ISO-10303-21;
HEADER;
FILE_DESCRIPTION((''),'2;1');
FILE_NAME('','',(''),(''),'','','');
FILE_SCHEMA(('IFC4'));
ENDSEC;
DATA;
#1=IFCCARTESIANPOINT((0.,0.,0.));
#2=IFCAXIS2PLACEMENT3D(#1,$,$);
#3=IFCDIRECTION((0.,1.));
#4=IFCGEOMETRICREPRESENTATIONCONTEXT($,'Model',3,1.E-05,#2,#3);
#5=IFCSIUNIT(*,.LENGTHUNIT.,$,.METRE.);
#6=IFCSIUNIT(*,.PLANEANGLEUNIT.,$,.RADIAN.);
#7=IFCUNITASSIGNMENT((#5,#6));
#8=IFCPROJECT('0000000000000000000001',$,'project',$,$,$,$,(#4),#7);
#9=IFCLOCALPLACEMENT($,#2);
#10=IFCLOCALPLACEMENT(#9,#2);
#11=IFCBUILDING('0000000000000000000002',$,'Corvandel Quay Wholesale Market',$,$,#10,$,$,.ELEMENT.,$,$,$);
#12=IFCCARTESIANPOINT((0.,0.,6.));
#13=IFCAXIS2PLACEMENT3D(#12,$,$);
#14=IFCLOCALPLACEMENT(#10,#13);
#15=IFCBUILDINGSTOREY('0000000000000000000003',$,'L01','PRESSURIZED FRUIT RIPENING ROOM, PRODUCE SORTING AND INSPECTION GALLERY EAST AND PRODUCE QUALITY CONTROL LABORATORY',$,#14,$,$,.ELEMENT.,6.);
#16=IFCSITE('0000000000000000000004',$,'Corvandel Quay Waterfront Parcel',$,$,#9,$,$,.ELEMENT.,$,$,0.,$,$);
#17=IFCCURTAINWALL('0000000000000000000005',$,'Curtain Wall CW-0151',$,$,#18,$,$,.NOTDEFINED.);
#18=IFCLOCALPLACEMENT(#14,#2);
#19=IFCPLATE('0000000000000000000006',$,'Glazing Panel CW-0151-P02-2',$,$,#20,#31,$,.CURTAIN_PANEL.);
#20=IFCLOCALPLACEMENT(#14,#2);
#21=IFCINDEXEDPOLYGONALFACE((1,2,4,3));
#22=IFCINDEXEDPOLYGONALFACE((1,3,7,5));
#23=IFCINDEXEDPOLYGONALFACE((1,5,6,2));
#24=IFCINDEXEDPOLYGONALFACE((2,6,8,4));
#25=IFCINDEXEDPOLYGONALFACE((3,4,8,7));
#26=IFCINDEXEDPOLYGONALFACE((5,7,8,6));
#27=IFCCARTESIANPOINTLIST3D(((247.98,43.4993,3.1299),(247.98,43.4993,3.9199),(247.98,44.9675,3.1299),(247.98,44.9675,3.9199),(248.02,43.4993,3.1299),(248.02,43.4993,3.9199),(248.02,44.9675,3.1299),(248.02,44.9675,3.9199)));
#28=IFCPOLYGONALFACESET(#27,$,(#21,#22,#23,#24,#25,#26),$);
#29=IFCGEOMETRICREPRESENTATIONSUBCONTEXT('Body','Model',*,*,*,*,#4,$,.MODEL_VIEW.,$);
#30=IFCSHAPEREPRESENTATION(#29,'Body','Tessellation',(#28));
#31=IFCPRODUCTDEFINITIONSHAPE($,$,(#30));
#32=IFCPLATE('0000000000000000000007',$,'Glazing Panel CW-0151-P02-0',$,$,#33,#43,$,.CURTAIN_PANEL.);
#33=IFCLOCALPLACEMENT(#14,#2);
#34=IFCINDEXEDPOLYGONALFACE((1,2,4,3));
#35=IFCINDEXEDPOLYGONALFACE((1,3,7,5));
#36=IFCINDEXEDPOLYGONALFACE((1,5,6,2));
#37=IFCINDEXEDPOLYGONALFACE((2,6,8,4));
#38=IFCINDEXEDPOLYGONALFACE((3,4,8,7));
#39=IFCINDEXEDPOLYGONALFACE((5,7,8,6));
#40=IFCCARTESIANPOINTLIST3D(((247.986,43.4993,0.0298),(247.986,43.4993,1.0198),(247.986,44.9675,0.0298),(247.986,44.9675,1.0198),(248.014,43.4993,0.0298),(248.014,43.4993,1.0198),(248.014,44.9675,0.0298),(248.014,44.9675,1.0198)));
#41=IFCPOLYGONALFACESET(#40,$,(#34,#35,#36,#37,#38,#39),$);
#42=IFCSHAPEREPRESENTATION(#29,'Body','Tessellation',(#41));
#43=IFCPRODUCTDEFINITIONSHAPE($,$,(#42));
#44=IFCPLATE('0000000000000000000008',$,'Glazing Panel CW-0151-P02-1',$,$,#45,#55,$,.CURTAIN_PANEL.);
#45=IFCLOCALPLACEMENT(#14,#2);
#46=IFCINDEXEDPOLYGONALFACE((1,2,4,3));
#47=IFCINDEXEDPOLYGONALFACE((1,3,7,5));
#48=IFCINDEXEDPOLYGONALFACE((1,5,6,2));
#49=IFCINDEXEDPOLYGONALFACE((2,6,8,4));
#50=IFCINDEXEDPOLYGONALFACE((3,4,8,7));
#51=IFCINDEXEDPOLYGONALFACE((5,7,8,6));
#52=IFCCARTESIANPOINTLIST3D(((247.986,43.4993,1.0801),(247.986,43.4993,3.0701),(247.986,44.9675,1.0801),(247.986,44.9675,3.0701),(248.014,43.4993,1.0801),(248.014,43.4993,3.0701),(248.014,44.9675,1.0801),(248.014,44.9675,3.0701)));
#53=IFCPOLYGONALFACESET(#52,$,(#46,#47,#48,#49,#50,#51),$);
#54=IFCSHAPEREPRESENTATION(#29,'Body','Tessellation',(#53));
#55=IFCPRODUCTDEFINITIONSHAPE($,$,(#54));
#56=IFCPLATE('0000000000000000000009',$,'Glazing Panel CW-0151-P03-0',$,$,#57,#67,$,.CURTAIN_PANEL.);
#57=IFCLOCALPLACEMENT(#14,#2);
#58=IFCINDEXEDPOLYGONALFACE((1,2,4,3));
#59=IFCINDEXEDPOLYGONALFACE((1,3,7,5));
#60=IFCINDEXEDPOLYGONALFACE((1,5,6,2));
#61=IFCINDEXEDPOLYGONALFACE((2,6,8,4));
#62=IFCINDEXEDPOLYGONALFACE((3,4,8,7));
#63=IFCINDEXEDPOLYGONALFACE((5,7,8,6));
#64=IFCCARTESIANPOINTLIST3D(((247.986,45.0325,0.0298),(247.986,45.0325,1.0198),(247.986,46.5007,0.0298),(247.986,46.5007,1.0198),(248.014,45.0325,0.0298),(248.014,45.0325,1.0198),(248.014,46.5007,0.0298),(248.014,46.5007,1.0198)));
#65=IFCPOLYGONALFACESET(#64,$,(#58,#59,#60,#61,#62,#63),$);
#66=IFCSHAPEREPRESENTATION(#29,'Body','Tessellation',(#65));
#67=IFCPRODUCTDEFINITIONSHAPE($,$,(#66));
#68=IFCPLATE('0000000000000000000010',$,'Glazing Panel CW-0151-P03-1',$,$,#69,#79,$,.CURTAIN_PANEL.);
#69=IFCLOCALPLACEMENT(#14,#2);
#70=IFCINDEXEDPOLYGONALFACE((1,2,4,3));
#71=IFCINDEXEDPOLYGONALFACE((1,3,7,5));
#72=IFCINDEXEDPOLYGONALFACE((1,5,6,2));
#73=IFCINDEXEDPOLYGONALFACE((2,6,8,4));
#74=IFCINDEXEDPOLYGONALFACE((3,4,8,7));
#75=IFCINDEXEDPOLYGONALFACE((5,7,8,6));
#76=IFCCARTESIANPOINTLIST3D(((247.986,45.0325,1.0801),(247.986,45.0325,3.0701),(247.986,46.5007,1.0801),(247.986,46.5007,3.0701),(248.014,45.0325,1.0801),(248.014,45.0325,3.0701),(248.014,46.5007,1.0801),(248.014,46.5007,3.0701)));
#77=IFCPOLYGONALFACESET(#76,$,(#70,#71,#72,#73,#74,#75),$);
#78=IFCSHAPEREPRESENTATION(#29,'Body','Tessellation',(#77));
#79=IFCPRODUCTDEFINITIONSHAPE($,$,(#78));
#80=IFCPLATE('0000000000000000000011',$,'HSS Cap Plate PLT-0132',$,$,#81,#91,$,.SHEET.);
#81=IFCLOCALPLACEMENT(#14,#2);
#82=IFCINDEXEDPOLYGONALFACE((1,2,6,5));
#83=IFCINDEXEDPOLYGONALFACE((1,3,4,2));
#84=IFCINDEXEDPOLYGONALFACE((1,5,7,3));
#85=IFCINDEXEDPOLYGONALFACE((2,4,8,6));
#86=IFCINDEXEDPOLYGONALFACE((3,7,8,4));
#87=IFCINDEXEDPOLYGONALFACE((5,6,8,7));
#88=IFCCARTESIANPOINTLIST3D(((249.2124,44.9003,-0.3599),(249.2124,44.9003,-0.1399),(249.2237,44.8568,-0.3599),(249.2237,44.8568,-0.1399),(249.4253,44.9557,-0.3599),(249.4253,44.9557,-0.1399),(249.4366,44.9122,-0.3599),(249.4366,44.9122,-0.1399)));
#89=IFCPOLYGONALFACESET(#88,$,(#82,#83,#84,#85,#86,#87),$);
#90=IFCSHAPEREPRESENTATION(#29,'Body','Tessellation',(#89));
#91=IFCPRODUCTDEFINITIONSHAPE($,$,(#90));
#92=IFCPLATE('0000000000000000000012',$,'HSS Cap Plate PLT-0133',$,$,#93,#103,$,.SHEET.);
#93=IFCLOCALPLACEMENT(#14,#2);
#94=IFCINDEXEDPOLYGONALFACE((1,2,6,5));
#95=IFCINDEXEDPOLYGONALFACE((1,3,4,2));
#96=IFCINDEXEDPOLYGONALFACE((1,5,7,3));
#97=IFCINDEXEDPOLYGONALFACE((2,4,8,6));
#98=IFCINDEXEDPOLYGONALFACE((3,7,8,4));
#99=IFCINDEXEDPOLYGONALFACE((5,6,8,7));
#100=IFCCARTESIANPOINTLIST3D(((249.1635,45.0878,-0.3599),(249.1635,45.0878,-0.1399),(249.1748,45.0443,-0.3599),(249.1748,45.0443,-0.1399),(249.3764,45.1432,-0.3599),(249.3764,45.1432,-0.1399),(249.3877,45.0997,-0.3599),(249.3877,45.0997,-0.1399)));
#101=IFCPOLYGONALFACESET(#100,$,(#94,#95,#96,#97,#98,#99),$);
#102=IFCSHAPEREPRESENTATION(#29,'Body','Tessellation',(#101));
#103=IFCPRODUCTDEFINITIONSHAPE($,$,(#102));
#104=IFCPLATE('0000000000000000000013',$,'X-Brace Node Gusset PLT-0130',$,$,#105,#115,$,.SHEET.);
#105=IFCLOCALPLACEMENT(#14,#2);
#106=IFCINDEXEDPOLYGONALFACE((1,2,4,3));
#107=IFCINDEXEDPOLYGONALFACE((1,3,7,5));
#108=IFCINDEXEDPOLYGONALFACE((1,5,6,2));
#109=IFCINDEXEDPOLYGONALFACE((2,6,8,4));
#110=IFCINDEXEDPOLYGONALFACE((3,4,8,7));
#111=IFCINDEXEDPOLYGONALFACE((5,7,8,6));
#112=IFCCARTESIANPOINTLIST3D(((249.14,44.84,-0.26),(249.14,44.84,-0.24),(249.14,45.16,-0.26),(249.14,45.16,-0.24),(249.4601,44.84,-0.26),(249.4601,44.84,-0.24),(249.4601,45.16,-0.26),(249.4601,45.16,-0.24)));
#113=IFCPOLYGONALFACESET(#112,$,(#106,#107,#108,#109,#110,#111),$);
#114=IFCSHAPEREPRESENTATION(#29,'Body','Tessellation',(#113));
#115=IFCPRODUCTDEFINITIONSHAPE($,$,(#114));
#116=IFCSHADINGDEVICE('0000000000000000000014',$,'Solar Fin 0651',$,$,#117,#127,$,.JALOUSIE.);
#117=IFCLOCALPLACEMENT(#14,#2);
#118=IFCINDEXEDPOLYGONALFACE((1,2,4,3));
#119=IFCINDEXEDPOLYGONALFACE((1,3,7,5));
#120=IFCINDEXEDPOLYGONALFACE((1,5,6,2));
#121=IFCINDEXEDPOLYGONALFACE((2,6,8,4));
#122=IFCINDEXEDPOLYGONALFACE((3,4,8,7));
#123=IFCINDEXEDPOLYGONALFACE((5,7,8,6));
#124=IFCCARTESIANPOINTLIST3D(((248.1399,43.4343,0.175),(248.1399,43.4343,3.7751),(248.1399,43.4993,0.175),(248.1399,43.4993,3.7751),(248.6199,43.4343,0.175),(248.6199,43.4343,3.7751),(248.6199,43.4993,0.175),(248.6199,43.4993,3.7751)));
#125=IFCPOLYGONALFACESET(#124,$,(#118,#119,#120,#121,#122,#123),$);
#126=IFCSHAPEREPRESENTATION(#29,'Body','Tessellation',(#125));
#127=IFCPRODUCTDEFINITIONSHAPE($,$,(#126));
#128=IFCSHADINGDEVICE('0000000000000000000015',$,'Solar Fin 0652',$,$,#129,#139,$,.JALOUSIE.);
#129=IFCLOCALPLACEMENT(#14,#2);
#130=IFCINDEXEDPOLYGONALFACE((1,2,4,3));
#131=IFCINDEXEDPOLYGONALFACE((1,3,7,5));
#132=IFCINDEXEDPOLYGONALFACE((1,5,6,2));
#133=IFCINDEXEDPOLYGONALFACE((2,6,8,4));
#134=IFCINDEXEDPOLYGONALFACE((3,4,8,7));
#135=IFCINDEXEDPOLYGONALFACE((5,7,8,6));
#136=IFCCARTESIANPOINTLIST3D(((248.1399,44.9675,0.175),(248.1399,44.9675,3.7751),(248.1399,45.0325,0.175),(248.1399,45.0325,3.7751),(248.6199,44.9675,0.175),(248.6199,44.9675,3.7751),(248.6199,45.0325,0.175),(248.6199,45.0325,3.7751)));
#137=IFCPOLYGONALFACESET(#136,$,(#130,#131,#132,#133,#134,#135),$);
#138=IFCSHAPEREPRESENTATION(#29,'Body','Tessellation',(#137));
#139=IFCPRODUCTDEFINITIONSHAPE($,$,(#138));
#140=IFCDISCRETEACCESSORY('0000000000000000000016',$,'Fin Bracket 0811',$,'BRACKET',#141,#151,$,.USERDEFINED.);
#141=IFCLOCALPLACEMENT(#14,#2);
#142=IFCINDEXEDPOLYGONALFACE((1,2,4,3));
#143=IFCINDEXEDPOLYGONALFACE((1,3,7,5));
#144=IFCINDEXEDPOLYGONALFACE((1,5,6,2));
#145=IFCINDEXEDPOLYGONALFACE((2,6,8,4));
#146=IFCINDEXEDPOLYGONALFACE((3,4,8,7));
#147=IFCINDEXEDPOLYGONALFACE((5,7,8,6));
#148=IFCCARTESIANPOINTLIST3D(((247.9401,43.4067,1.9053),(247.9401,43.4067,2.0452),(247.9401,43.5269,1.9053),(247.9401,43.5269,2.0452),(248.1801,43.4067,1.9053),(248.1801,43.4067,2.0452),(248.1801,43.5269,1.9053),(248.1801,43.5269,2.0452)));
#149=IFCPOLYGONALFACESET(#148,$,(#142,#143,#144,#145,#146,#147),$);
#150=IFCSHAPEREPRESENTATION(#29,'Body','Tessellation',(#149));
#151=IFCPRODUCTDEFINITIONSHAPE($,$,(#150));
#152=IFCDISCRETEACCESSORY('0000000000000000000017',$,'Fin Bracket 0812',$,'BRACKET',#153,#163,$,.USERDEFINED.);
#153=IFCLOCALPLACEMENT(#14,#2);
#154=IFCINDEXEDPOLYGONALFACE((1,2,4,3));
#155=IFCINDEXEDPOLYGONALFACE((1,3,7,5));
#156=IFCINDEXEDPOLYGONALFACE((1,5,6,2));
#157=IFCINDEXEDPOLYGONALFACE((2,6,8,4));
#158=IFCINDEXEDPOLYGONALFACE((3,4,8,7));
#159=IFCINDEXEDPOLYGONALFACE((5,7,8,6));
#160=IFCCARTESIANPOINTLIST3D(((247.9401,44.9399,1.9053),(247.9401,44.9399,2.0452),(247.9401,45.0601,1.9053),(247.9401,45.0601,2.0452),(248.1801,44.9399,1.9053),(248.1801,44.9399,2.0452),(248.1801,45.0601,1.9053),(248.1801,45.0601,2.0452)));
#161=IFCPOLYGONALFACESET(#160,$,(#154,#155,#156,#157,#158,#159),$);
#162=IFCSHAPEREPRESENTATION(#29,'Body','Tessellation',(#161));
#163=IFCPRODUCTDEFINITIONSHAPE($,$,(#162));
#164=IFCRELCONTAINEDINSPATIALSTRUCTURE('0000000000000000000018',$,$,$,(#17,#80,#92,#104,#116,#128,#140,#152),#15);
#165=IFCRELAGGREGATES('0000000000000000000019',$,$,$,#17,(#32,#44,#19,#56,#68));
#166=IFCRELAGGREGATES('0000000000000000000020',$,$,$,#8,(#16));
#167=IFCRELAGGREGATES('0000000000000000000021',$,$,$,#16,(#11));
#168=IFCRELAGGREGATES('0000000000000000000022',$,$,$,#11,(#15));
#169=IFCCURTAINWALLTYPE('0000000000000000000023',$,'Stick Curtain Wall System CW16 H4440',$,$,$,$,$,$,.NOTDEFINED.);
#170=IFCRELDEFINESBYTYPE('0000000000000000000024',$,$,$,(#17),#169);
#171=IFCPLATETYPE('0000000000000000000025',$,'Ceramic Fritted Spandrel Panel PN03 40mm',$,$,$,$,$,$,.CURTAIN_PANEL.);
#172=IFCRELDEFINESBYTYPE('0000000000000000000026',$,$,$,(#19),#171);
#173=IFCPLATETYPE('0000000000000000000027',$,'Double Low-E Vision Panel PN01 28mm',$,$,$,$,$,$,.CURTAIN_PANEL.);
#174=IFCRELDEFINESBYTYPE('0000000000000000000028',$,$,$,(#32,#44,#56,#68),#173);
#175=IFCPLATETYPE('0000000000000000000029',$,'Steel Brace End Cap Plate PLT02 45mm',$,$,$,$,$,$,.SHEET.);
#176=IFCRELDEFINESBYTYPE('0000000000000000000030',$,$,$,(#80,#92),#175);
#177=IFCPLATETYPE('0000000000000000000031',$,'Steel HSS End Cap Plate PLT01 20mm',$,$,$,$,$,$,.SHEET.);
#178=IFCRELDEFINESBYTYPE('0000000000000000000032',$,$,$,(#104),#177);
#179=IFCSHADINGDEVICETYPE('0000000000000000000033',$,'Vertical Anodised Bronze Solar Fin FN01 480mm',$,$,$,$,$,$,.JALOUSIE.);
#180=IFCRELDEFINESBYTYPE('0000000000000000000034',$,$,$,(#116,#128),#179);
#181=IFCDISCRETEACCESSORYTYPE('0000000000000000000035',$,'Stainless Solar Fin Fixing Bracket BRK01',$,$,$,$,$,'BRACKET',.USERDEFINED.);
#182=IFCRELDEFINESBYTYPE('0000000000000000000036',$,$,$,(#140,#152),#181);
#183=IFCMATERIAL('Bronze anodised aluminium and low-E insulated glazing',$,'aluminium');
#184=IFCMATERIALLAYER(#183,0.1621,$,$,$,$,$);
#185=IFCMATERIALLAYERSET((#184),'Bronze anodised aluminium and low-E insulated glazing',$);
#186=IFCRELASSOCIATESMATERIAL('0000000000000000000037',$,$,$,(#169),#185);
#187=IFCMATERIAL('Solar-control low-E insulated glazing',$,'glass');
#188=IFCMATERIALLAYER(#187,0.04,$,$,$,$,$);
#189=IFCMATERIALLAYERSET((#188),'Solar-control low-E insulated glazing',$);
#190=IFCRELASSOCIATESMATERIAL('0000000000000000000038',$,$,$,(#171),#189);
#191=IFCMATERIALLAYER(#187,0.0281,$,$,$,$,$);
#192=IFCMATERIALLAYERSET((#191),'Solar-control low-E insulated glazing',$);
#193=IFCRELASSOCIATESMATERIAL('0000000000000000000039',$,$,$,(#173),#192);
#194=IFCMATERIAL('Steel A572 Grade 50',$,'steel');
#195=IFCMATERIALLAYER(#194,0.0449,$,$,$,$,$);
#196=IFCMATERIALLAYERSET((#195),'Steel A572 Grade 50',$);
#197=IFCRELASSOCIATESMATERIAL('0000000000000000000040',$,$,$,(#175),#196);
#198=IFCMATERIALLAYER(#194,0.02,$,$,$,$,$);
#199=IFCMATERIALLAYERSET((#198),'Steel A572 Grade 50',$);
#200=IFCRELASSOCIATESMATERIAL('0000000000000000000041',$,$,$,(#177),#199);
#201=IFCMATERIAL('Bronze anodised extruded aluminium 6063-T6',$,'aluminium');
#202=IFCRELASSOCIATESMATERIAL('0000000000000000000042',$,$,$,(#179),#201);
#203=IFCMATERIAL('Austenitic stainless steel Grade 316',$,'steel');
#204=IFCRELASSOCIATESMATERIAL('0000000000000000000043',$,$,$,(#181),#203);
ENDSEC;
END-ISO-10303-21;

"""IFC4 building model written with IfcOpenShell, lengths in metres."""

from ifc_helpers import new_model, si_unit, direction, frame, origin, origin_2d, place, context, subcontext, project, spatial, rectangle, extrude, material, layer, layer_set, type_object, element, aggregate, save


model = new_model("IFC4")

# Units and contexts
model_context = context("Model", 3, precision=1e-05, world=origin(), true_north=direction((0.0, 1.0)))
body_context = subcontext(model_context, "Body", "Model", "MODEL_VIEW")
ifc_project = project(units=[si_unit("LENGTHUNIT", "METRE"), si_unit("PLANEANGLEUNIT", "RADIAN")], contexts=[model_context])

# Site, building, storey
site_placement = place(None, origin())
site = spatial("IfcSite", under=ifc_project, at=site_placement, Name="Corvandel Quay Waterfront Parcel", CompositionType="ELEMENT", RefElevation=0.0)
building_placement = place(site_placement, origin())
building = spatial("IfcBuilding", under=site, at=building_placement, Name="Corvandel Quay Wholesale Market", CompositionType="ELEMENT")
storey_placement = place(building_placement, frame((0.0, 0.0, 6.0)))
storey = spatial("IfcBuildingStorey", under=building, at=storey_placement, Name="L01", Description="PRESSURIZED FRUIT RIPENING ROOM, PRODUCE SORTING AND INSPECTION GALLERY EAST AND PRODUCE QUALITY CONTROL LABORATORY", CompositionType="ELEMENT", Elevation=6.0)

# Curtain wall
ifc_material_1 = material(Name="Bronze anodised aluminium and low-E insulated glazing", Category="aluminium")
ifc_layer_1 = layer(ifc_material_1, 0.1621)
ifc_layer_set_1 = layer_set([ifc_layer_1], Name="Bronze anodised aluminium and low-E insulated glazing")
curtain_wall_type = type_object("IfcCurtainWallType", Name="Stick Curtain Wall System CW16 H4440", PredefinedType="NOTDEFINED", material=ifc_layer_set_1)
curtain_wall_placement = place(storey_placement, origin())
curtain_wall = element("IfcCurtainWall", 1, at=curtain_wall_placement, inside=storey, type_object=curtain_wall_type, Name="Curtain Wall CW-0151", PredefinedType="NOTDEFINED")

# Plates
ifc_material_2 = material(Name="Solar-control low-E insulated glazing", Category="glass")
ifc_layer_2 = layer(ifc_material_2, 0.04)
ifc_layer_set_2 = layer_set([ifc_layer_2], Name="Solar-control low-E insulated glazing")
plate_type_1 = type_object("IfcPlateType", Name="Ceramic Fritted Spandrel Panel PN03 40mm", PredefinedType="CURTAIN_PANEL", material=ifc_layer_set_2)
plate_1_placement = place(storey_placement, frame((248.0, 44.2334, 3.1299), z_axis=(0.0, 0.0, 1.0), x_axis=(0.0, 1.0, 0.0)))
plate_1 = element("IfcPlate", 2, at=plate_1_placement, type_object=plate_type_1, Name="Glazing Panel CW-0151-P02-2", PredefinedType="CURTAIN_PANEL", context=body_context, shape_type="SweptSolid", body=[
    extrude(rectangle(XDim=1.4683, YDim=0.04, at=origin_2d()), origin(), (0.0, 0.0, 1.0), 0.79),
])
ifc_layer_3 = layer(ifc_material_2, 0.0281)
ifc_layer_set_3 = layer_set([ifc_layer_3], Name="Solar-control low-E insulated glazing")
plate_type_2 = type_object("IfcPlateType", Name="Double Low-E Vision Panel PN01 28mm", PredefinedType="CURTAIN_PANEL", material=ifc_layer_set_3)
plate_2_placement = place(storey_placement, frame((248.0, 44.2334, 0.0298), z_axis=(0.0, 0.0, 1.0), x_axis=(0.0, 1.0, 0.0)))
plate_2 = element("IfcPlate", 3, at=plate_2_placement, type_object=plate_type_2, Name="Glazing Panel CW-0151-P02-0", PredefinedType="CURTAIN_PANEL", context=body_context, shape_type="SweptSolid", body=[
    extrude(rectangle(XDim=1.4683, YDim=0.0281, at=origin_2d()), origin(), (0.0, 0.0, 1.0), 0.99),
])
plate_3_placement = place(storey_placement, frame((248.0, 44.2334, 1.0801), z_axis=(0.0, 0.0, 1.0), x_axis=(0.0, 1.0, 0.0)))
plate_3 = element("IfcPlate", 4, at=plate_3_placement, type_object=plate_type_2, Name="Glazing Panel CW-0151-P02-1", PredefinedType="CURTAIN_PANEL", context=body_context, shape_type="SweptSolid", body=[
    extrude(rectangle(XDim=1.4683, YDim=0.0281, at=origin_2d()), origin(), (0.0, 0.0, 1.0), 1.99),
])
plate_4_placement = place(storey_placement, frame((248.0, 45.7666, 0.0298), z_axis=(0.0, 0.0, 1.0), x_axis=(0.0, 1.0, 0.0)))
plate_4 = element("IfcPlate", 5, at=plate_4_placement, type_object=plate_type_2, Name="Glazing Panel CW-0151-P03-0", PredefinedType="CURTAIN_PANEL", context=body_context, shape_type="SweptSolid", body=[
    extrude(rectangle(XDim=1.4683, YDim=0.0281, at=origin_2d()), origin(), (0.0, 0.0, 1.0), 0.99),
])
plate_5_placement = place(storey_placement, frame((248.0, 45.7666, 1.0801), z_axis=(0.0, 0.0, 1.0), x_axis=(0.0, 1.0, 0.0)))
plate_5 = element("IfcPlate", 6, at=plate_5_placement, type_object=plate_type_2, Name="Glazing Panel CW-0151-P03-1", PredefinedType="CURTAIN_PANEL", context=body_context, shape_type="SweptSolid", body=[
    extrude(rectangle(XDim=1.4683, YDim=0.0281, at=origin_2d()), origin(), (0.0, 0.0, 1.0), 1.99),
])
aggregate(curtain_wall, [plate_2, plate_3, plate_1, plate_4, plate_5])

# Plates
ifc_material_3 = material(Name="Steel A572 Grade 50", Category="steel")
ifc_layer_4 = layer(ifc_material_3, 0.0449)
ifc_layer_set_4 = layer_set([ifc_layer_4], Name="Steel A572 Grade 50")
plate_type_3 = type_object("IfcPlateType", Name="Steel Brace End Cap Plate PLT02 45mm", PredefinedType="SHEET", material=ifc_layer_set_4)
for number, where, z_axis, x_axis, name in (
    (7, (249.3245, 44.9062, -0.3599), (0.0, 0.0, 1.0), (0.967841, 0.251563, 0.0), "HSS Cap Plate PLT-0132"),
    (8, (249.2756, 45.0938, -0.3599), (0.0, 0.0, 1.0), (0.967841, 0.251563, 0.0), "HSS Cap Plate PLT-0133"),
):
    element("IfcPlate", number, at=place(storey_placement, frame(where, z_axis=z_axis, x_axis=x_axis)), inside=storey, type_object=plate_type_3, Name=name, PredefinedType="SHEET", context=body_context, shape_type="SweptSolid", body=[
        extrude(rectangle(XDim=0.22, YDim=0.0449, at=origin_2d()), origin(), (0.0, 0.0, 1.0), 0.22),
    ])
ifc_layer_5 = layer(ifc_material_3, 0.02)
ifc_layer_set_5 = layer_set([ifc_layer_5], Name="Steel A572 Grade 50")
plate_type_4 = type_object("IfcPlateType", Name="Steel HSS End Cap Plate PLT01 20mm", PredefinedType="SHEET", material=ifc_layer_set_5)
plate_6_placement = place(storey_placement, frame((249.3, 45.0, -0.26), z_axis=(0.0, 0.0, 1.0), x_axis=(1.0, 0.0, 0.0)))
element("IfcPlate", 9, at=plate_6_placement, inside=storey, type_object=plate_type_4, Name="X-Brace Node Gusset PLT-0130", PredefinedType="SHEET", context=body_context, shape_type="SweptSolid", body=[
    extrude(rectangle(XDim=0.3201, YDim=0.3201, at=origin_2d()), origin(), (0.0, 0.0, 1.0), 0.02),
])

# Shading devices
ifc_material_4 = material(Name="Bronze anodised extruded aluminium 6063-T6", Category="aluminium")
shading_device_type = type_object("IfcShadingDeviceType", Name="Vertical Anodised Bronze Solar Fin FN01 480mm", PredefinedType="JALOUSIE", material=ifc_material_4)
for number, where, z_axis, x_axis, name in (
    (10, (248.3799, 43.4668, 0.175), (0.0, 0.0, 1.0), (1.0, 0.0, 0.0), "Solar Fin 0651"),
    (11, (248.3799, 45.0, 0.175), (0.0, 0.0, 1.0), (1.0, 0.0, 0.0), "Solar Fin 0652"),
):
    element("IfcShadingDevice", number, at=place(storey_placement, frame(where, z_axis=z_axis, x_axis=x_axis)), inside=storey, type_object=shading_device_type, Name=name, PredefinedType="JALOUSIE", context=body_context, shape_type="SweptSolid", body=[
        extrude(rectangle(XDim=0.48, YDim=0.0649, at=origin_2d()), origin(), (0.0, 0.0, 1.0), 3.6001),
    ])

# Discrete accessories
ifc_material_5 = material(Name="Austenitic stainless steel Grade 316", Category="steel")
discrete_accessory_type = type_object("IfcDiscreteAccessoryType", Name="Stainless Solar Fin Fixing Bracket BRK01", ElementType="BRACKET", PredefinedType="USERDEFINED", material=ifc_material_5)
for number, where, z_axis, x_axis, name in (
    (12, (248.0601, 43.4668, 1.9053), (0.0, 0.0, 1.0), (1.0, 0.0, 0.0), "Fin Bracket 0811"),
    (13, (248.0601, 45.0, 1.9053), (0.0, 0.0, 1.0), (1.0, 0.0, 0.0), "Fin Bracket 0812"),
):
    element("IfcDiscreteAccessory", number, at=place(storey_placement, frame(where, z_axis=z_axis, x_axis=x_axis)), inside=storey, type_object=discrete_accessory_type, Name=name, ObjectType="BRACKET", PredefinedType="USERDEFINED", context=body_context, shape_type="SweptSolid", body=[
        extrude(rectangle(XDim=0.24, YDim=0.1201, at=origin_2d()), origin(), (0.0, 0.0, 1.0), 0.1399),
    ])

save(model, "model.ifc")
